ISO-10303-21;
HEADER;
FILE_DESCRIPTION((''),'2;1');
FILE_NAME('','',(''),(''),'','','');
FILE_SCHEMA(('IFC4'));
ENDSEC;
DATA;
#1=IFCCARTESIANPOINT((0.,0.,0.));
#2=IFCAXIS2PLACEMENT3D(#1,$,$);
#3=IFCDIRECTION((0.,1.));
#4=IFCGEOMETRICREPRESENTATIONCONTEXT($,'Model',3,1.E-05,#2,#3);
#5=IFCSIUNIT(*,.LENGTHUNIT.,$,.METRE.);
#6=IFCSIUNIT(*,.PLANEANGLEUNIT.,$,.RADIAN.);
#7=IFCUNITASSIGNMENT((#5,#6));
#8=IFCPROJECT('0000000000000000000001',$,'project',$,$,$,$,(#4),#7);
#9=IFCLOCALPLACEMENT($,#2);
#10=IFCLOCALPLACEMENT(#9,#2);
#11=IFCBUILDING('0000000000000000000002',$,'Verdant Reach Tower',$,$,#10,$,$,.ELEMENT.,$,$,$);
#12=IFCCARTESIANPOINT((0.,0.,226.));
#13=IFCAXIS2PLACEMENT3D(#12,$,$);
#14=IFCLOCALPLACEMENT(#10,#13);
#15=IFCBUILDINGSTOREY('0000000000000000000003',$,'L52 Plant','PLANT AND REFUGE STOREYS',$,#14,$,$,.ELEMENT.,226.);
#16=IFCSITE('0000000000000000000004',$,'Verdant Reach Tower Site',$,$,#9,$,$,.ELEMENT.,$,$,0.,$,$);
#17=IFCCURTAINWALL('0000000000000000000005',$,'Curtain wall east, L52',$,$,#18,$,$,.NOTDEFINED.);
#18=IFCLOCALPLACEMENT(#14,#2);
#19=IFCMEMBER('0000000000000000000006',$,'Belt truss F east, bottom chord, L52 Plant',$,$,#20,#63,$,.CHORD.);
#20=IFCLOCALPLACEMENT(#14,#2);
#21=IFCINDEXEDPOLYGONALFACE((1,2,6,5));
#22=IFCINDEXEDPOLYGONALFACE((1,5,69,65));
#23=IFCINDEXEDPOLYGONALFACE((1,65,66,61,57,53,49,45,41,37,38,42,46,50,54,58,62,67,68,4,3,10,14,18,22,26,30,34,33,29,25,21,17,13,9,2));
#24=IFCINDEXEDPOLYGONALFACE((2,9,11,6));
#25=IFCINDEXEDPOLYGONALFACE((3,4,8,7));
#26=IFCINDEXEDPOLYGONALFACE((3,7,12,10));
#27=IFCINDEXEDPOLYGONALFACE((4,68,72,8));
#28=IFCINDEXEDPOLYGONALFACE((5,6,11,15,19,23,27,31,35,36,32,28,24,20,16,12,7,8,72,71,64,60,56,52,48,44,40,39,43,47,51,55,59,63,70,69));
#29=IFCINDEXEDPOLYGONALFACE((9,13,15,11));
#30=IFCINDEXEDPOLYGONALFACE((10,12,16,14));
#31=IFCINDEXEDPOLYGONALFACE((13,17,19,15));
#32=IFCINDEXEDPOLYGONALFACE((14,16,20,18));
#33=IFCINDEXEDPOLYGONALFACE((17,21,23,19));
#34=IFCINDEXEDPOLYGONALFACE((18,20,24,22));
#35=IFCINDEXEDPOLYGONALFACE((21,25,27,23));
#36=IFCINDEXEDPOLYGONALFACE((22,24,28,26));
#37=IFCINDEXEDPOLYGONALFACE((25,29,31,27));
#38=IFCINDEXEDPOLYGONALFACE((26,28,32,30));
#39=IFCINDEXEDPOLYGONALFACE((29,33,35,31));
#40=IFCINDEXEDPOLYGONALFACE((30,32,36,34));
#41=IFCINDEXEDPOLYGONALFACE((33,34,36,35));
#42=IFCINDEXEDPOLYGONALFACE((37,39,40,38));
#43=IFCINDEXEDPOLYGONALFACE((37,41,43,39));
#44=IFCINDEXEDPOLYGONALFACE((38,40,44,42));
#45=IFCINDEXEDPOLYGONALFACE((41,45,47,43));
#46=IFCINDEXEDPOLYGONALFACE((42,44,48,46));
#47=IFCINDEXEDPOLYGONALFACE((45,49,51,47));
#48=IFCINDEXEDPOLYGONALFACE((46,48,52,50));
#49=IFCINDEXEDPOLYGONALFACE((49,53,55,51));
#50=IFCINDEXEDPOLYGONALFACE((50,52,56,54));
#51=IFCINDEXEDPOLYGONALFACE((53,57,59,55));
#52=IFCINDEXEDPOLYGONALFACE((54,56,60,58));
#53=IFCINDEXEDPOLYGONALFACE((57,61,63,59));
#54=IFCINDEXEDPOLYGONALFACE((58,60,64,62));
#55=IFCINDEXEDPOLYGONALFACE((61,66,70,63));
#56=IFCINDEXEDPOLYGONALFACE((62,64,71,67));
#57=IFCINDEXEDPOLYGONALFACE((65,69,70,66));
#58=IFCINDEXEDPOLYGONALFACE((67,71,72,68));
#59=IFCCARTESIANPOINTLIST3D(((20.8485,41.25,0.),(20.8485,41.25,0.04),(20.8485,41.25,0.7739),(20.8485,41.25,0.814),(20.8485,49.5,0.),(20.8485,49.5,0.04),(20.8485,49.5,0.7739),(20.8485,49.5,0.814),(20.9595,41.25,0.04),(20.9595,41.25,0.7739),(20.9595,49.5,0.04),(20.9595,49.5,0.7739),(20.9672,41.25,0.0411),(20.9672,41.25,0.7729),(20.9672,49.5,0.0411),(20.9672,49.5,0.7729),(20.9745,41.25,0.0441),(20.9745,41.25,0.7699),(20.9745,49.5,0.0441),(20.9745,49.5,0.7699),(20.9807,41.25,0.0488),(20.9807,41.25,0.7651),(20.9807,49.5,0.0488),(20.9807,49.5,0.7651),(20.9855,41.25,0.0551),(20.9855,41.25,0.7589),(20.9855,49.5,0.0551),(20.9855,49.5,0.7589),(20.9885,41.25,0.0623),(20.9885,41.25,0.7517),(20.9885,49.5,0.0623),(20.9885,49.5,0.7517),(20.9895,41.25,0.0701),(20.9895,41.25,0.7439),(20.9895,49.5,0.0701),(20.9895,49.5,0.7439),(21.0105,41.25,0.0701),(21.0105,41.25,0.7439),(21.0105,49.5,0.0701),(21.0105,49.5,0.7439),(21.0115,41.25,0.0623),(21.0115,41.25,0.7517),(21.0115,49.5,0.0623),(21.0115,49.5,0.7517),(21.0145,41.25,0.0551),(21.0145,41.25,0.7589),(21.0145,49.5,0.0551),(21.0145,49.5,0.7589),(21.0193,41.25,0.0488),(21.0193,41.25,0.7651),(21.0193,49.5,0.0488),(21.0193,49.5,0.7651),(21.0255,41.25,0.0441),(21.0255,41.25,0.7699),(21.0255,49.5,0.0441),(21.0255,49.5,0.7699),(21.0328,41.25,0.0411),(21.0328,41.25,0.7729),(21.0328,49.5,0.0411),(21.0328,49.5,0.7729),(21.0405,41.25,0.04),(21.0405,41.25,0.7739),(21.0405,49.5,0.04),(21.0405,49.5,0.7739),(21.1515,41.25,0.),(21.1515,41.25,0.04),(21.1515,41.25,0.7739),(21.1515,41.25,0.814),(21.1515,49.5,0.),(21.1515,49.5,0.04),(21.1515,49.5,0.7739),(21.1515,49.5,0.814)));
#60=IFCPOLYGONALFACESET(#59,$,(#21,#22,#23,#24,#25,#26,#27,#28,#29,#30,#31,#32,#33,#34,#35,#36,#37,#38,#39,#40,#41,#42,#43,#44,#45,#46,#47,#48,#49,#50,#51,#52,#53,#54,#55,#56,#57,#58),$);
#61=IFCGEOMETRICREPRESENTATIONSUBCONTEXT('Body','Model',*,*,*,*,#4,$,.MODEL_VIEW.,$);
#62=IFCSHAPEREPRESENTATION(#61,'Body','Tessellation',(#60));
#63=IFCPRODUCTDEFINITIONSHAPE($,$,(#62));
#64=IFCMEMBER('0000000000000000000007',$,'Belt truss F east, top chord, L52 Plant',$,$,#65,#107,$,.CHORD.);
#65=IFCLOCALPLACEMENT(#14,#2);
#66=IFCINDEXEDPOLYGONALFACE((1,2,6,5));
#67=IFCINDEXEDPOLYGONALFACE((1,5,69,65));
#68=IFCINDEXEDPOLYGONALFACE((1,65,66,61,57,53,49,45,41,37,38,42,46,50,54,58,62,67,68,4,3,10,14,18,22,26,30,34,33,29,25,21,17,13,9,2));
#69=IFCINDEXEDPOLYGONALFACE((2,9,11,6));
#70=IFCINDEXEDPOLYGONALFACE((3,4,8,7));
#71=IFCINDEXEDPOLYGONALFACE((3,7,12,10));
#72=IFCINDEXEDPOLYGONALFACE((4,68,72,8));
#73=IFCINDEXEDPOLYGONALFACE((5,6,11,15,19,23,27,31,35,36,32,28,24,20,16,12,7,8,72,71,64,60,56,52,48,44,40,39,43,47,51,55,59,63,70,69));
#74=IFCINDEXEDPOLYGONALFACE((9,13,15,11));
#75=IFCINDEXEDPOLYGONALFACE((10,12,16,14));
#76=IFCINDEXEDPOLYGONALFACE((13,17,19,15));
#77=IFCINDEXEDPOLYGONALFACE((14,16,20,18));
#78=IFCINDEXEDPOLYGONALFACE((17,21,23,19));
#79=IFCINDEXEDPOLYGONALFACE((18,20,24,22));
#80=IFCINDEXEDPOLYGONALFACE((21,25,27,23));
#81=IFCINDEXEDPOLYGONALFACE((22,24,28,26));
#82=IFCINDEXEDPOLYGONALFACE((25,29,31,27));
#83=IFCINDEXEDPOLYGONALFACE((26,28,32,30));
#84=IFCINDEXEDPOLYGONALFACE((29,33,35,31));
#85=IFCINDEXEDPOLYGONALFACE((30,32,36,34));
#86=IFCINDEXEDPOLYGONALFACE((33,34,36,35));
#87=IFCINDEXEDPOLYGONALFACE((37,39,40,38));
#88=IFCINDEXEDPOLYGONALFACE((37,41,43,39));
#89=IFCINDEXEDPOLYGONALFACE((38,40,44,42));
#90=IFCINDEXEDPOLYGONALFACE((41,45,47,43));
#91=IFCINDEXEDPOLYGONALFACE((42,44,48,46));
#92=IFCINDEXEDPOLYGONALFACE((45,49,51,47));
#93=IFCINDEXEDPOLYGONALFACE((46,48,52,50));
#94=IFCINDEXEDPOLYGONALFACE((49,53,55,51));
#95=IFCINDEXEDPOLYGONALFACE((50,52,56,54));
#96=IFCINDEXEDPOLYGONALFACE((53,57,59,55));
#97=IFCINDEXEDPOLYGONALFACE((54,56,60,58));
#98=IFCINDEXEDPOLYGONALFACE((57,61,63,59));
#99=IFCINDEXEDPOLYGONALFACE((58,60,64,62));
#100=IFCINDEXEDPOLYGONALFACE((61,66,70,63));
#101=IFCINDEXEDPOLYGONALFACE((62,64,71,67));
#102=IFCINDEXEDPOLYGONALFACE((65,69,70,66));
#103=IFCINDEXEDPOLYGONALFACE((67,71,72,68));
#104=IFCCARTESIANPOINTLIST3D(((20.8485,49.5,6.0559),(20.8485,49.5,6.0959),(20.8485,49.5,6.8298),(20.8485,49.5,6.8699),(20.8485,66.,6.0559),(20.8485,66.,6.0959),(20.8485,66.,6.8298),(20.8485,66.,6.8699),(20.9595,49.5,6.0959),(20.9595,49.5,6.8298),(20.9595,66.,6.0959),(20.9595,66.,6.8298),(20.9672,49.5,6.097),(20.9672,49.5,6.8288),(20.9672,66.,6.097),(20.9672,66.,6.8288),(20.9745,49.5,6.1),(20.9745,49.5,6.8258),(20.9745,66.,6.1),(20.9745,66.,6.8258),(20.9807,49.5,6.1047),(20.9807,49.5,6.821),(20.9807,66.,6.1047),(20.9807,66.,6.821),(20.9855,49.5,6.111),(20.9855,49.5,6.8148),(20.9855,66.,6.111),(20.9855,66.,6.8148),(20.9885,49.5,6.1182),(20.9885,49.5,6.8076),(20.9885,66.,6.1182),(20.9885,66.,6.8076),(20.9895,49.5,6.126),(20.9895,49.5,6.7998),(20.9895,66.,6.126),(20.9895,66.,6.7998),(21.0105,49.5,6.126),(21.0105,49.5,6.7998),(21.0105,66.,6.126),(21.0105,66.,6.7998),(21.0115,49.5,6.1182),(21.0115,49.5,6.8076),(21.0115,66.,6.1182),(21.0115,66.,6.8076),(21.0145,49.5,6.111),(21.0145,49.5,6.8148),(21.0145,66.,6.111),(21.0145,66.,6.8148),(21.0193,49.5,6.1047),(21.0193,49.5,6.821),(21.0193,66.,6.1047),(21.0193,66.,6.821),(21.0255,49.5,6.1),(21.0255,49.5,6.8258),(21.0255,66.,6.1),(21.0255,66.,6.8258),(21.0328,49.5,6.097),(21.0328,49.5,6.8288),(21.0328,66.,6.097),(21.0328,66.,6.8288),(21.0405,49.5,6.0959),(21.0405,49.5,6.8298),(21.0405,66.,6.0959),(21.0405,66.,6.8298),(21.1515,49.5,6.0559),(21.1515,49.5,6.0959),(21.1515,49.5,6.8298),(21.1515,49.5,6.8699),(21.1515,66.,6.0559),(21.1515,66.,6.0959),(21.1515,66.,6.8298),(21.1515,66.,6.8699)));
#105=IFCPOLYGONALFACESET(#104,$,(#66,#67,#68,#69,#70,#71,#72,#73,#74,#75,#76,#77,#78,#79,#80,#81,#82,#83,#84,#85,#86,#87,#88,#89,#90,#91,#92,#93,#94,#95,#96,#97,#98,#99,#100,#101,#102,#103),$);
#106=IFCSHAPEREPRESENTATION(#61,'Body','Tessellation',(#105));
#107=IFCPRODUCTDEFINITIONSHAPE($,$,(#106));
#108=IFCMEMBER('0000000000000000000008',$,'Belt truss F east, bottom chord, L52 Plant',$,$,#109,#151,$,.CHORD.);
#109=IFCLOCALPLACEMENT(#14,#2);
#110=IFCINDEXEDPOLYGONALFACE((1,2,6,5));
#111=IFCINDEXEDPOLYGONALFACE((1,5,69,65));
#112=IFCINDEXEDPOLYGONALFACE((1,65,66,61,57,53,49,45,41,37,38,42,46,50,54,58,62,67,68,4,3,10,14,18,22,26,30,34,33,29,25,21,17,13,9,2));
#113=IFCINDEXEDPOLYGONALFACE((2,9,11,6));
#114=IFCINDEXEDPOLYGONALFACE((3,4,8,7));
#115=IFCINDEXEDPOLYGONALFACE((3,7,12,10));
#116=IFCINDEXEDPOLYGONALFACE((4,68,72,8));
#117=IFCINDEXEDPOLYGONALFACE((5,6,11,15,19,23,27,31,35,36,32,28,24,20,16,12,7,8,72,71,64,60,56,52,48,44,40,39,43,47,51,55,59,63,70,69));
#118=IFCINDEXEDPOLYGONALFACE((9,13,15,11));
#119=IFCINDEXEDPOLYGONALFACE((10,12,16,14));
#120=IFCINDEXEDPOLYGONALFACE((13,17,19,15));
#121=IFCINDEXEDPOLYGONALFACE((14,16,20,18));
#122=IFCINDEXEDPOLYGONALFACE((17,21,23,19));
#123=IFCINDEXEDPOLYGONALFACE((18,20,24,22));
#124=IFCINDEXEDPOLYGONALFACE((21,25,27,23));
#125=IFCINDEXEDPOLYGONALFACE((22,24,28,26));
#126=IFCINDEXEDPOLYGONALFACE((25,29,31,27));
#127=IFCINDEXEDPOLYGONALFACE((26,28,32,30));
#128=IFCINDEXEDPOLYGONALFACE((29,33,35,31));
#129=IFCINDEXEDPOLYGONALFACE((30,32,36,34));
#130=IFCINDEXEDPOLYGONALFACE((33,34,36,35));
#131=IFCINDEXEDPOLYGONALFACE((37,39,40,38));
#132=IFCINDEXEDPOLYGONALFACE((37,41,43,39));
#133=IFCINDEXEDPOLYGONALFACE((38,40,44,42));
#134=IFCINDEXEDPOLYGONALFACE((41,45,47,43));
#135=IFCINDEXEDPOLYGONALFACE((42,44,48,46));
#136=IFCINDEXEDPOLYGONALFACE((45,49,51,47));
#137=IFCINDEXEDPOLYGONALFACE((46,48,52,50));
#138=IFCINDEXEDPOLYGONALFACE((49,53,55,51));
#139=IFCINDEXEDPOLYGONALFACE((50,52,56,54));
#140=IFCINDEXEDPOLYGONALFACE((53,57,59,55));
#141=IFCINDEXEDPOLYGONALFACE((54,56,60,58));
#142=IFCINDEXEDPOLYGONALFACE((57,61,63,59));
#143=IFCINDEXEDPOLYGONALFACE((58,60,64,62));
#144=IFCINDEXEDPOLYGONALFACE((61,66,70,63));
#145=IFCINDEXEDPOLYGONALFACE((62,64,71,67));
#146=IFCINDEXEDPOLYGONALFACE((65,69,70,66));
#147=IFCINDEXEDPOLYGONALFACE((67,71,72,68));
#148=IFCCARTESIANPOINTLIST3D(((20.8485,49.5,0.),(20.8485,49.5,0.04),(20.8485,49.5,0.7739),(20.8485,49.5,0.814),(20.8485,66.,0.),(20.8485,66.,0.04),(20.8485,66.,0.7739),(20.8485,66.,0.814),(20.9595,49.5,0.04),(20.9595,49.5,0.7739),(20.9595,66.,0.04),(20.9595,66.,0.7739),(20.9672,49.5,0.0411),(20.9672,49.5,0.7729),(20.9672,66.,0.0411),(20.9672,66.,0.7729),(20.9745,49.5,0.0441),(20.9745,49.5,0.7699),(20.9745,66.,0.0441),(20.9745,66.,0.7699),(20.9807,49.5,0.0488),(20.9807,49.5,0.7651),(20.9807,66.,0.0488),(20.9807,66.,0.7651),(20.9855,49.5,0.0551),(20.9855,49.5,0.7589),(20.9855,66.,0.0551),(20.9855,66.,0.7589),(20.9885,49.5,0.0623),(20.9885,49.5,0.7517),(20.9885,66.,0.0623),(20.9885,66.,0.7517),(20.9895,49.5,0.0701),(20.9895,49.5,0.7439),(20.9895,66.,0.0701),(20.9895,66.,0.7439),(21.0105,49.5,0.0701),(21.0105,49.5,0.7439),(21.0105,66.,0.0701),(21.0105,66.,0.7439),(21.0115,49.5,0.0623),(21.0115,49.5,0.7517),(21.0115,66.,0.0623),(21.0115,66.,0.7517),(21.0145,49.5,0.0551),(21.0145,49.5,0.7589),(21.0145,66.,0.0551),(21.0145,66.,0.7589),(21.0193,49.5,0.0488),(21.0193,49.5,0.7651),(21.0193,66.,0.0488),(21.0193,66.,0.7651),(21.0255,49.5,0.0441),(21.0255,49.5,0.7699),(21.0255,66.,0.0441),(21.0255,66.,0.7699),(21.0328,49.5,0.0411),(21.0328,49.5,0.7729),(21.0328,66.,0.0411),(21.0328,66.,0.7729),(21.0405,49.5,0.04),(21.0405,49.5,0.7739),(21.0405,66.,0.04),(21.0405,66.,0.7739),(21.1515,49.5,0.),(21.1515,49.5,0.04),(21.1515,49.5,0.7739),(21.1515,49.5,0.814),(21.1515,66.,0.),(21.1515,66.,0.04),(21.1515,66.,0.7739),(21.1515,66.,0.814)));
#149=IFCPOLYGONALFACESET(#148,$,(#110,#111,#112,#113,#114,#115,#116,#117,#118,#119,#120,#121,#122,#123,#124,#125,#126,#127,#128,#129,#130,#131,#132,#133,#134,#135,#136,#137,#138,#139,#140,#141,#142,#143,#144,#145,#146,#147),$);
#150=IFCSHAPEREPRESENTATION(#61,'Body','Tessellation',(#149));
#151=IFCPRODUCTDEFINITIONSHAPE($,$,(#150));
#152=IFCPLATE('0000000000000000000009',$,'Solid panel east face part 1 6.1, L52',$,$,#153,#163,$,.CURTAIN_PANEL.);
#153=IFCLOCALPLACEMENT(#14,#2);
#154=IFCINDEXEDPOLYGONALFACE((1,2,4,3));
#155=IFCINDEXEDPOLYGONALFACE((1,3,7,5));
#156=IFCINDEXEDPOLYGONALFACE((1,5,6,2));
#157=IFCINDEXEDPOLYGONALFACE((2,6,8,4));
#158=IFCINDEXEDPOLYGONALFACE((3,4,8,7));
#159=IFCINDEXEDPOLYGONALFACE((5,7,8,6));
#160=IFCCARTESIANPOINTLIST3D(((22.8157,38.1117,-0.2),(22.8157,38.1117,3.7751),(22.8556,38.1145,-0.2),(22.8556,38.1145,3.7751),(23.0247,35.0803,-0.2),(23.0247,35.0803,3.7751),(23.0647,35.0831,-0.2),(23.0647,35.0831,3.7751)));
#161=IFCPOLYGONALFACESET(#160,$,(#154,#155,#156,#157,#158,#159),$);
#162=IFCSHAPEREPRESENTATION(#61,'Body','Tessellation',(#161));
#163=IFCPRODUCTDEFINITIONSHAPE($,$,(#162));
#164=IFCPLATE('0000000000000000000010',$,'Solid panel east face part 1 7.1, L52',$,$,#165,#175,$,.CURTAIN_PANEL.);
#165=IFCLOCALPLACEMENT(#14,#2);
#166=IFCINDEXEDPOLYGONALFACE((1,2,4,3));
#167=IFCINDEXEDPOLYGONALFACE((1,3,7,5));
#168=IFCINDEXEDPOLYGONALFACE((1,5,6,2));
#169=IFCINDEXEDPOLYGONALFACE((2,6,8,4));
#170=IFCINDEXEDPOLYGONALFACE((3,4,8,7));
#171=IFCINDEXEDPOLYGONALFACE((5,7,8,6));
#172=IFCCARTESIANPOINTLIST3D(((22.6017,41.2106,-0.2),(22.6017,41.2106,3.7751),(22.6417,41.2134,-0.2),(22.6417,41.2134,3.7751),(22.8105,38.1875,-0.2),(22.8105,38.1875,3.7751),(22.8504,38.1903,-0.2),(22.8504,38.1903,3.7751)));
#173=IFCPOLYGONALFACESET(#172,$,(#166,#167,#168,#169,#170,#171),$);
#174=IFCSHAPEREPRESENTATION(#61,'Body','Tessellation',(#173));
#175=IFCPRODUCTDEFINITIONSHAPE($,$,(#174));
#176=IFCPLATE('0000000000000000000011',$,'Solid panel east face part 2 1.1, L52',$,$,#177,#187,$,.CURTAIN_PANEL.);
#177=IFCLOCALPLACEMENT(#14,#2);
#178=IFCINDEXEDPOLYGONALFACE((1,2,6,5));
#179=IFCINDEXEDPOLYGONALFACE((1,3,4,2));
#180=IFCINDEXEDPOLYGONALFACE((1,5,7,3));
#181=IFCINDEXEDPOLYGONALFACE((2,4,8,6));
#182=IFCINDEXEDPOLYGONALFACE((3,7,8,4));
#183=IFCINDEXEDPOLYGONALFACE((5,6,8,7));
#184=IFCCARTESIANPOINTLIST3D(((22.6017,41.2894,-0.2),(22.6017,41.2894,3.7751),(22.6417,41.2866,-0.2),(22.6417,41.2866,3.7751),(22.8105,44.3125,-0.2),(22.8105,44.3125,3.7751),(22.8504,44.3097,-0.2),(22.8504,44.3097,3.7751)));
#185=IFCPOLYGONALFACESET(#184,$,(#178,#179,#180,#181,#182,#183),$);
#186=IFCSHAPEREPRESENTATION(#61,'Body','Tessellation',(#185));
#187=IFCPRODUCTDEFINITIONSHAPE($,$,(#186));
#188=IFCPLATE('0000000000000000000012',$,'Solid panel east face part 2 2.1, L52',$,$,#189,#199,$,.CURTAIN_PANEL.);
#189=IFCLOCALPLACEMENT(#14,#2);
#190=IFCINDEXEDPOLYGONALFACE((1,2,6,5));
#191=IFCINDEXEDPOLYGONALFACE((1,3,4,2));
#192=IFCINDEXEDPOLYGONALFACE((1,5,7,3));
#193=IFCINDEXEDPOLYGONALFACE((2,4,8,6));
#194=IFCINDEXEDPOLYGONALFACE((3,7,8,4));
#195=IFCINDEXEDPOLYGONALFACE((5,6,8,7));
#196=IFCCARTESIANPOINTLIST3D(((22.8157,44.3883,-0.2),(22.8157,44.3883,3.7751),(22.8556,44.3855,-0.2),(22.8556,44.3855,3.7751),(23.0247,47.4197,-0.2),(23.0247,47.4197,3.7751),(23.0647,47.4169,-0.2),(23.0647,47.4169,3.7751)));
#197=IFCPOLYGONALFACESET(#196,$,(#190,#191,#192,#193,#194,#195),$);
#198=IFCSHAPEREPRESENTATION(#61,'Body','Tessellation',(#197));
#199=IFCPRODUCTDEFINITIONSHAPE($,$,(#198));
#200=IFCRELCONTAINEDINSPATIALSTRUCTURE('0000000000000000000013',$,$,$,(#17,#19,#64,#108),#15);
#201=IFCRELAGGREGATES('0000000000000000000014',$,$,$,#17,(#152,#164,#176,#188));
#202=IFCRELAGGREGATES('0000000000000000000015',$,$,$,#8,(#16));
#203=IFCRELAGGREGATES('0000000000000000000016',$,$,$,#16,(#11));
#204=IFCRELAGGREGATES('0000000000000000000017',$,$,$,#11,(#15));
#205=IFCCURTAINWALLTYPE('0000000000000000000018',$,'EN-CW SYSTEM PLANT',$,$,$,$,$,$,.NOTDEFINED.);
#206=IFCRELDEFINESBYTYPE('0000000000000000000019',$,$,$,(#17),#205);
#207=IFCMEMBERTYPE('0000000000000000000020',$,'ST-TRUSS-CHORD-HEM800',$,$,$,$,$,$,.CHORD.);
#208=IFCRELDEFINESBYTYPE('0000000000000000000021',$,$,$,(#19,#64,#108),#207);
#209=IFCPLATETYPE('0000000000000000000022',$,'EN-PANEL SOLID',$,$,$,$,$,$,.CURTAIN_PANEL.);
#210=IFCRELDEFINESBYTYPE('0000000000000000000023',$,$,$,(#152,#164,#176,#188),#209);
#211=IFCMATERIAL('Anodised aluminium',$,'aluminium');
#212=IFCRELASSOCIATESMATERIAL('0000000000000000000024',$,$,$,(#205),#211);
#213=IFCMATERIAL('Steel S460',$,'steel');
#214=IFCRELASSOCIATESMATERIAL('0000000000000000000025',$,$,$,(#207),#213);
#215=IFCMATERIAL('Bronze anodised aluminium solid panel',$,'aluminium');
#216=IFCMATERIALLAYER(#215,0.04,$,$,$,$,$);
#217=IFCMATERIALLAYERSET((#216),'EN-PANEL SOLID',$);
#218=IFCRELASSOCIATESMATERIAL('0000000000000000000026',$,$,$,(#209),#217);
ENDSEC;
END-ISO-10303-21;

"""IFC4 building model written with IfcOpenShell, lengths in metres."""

from ifc_helpers import new_model, si_unit, direction, frame, origin, origin_2d, place, context, subcontext, project, spatial, rectangle, i_section, extrude, material, layer, layer_set, material_profile, profile_set, type_object, element, aggregate, save


model = new_model("IFC4")

# Units and contexts
model_context = context("Model", 3, precision=1e-05, world=origin(), true_north=direction((0.0, 1.0)))
body_context = subcontext(model_context, "Body", "Model", "MODEL_VIEW")
ifc_project = project(units=[si_unit("LENGTHUNIT", "METRE"), si_unit("PLANEANGLEUNIT", "RADIAN")], contexts=[model_context])

# Site, building, storey
site_placement = place(None, origin())
site = spatial("IfcSite", under=ifc_project, at=site_placement, Name="Verdant Reach Tower Site", CompositionType="ELEMENT", RefElevation=0.0)
building_placement = place(site_placement, origin())
building = spatial("IfcBuilding", under=site, at=building_placement, Name="Verdant Reach Tower", CompositionType="ELEMENT")
storey_placement = place(building_placement, frame((0.0, 0.0, 226.0)))
storey = spatial("IfcBuildingStorey", under=building, at=storey_placement, Name="L52 Plant", Description="PLANT AND REFUGE STOREYS", CompositionType="ELEMENT", Elevation=226.0)

# Shared definitions
ifc_material_1 = material(Name="Steel S460", Category="steel")

# Curtain wall
ifc_material_2 = material(Name="Anodised aluminium", Category="aluminium")
curtain_wall_type = type_object("IfcCurtainWallType", Name="EN-CW SYSTEM PLANT", PredefinedType="NOTDEFINED", material=ifc_material_2)
curtain_wall_placement = place(storey_placement, origin())
curtain_wall = element("IfcCurtainWall", 1, at=curtain_wall_placement, inside=storey, type_object=curtain_wall_type, Name="Curtain wall east, L52", PredefinedType="NOTDEFINED")

# Members
ifc_material_profile_1 = material_profile(ifc_material_1, i_section(OverallWidth=0.303, OverallDepth=0.814, WebThickness=0.021, FlangeThickness=0.04, FilletRadius=0.03, at=origin_2d()), Name="HEM 800")
ifc_profile_set_1 = profile_set([ifc_material_profile_1], Name="Steel S460")
member_type_1 = type_object("IfcMemberType", Name="ST-TRUSS-CHORD-HEM800", PredefinedType="CHORD", material=ifc_profile_set_1)
for number, where, z_axis, x_axis, name in (
    (2, (21.0, 41.25, 0.407), (0.0, 1.0, 0.0), (-1.0, 0.0, 0.0), "Belt truss F east, bottom chord, L52 Plant"),
):
    element("IfcMember", number, at=place(storey_placement, frame(where, z_axis=z_axis, x_axis=x_axis)), inside=storey, type_object=member_type_1, Name=name, PredefinedType="CHORD", context=body_context, shape_type="SweptSolid", body=[
        extrude(i_section(OverallWidth=0.303, OverallDepth=0.814, WebThickness=0.021, FlangeThickness=0.04, FilletRadius=0.03, at=origin_2d()), origin(), (0.0, 0.0, 1.0), 8.25),
    ])
for number, where, z_axis, x_axis, name in (
    (3, (21.0, 49.5, 6.4629), (0.0, 1.0, 0.0), (-1.0, 0.0, 0.0), "Belt truss F east, top chord, L52 Plant"),
    (4, (21.0, 49.5, 0.407), (0.0, 1.0, 0.0), (-1.0, 0.0, 0.0), "Belt truss F east, bottom chord, L52 Plant"),
):
    element("IfcMember", number, at=place(storey_placement, frame(where, z_axis=z_axis, x_axis=x_axis)), inside=storey, type_object=member_type_1, Name=name, PredefinedType="CHORD", context=body_context, shape_type="SweptSolid", body=[
        extrude(i_section(OverallWidth=0.303, OverallDepth=0.814, WebThickness=0.021, FlangeThickness=0.04, FilletRadius=0.03, at=origin_2d()), origin(), (0.0, 0.0, 1.0), 16.5),
    ])

# Plates
ifc_material_3 = material(Name="Bronze anodised aluminium solid panel", Category="aluminium")
ifc_layer_1 = layer(ifc_material_3, 0.04)
ifc_layer_set_1 = layer_set([ifc_layer_1], Name="EN-PANEL SOLID")
plate_type_1 = type_object("IfcPlateType", Name="EN-PANEL SOLID", PredefinedType="CURTAIN_PANEL", material=ifc_layer_set_1)
plate_1_placement = place(storey_placement, frame((22.9402, 36.5974, -0.2), z_axis=(0.0, 0.0, 1.0), x_axis=(-0.068802, 0.99763, 0.0)))
plate_1 = element("IfcPlate", 5, at=plate_1_placement, type_object=plate_type_1, Name="Solid panel east face part 1 6.1, L52", PredefinedType="CURTAIN_PANEL", context=body_context, shape_type="SweptSolid", body=[
    extrude(rectangle(XDim=3.0386, YDim=0.04, at=origin_2d()), origin(), (0.0, 0.0, 1.0), 3.9751),
])
plate_2_placement = place(storey_placement, frame((22.7261, 39.7004, -0.2), z_axis=(0.0, 0.0, 1.0), x_axis=(-0.068893, 0.997624, 0.0)))
plate_2 = element("IfcPlate", 6, at=plate_2_placement, type_object=plate_type_1, Name="Solid panel east face part 1 7.1, L52", PredefinedType="CURTAIN_PANEL", context=body_context, shape_type="SweptSolid", body=[
    extrude(rectangle(XDim=3.0303, YDim=0.04, at=origin_2d()), origin(), (0.0, 0.0, 1.0), 3.9751),
])
plate_3_placement = place(storey_placement, frame((22.7261, 42.7996, -0.2), z_axis=(0.0, 0.0, 1.0), x_axis=(0.068893, 0.997624, 0.0)))
plate_3 = element("IfcPlate", 7, at=plate_3_placement, type_object=plate_type_1, Name="Solid panel east face part 2 1.1, L52", PredefinedType="CURTAIN_PANEL", context=body_context, shape_type="SweptSolid", body=[
    extrude(rectangle(XDim=3.0303, YDim=0.04, at=origin_2d()), origin(), (0.0, 0.0, 1.0), 3.9751),
])
plate_4_placement = place(storey_placement, frame((22.9402, 45.9026, -0.2), z_axis=(0.0, 0.0, 1.0), x_axis=(0.068802, 0.99763, 0.0)))
plate_4 = element("IfcPlate", 8, at=plate_4_placement, type_object=plate_type_1, Name="Solid panel east face part 2 2.1, L52", PredefinedType="CURTAIN_PANEL", context=body_context, shape_type="SweptSolid", body=[
    extrude(rectangle(XDim=3.0386, YDim=0.04, at=origin_2d()), origin(), (0.0, 0.0, 1.0), 3.9751),
])

aggregate(curtain_wall, [plate_1, plate_2, plate_3, plate_4])

save(model, "model.ifc")
